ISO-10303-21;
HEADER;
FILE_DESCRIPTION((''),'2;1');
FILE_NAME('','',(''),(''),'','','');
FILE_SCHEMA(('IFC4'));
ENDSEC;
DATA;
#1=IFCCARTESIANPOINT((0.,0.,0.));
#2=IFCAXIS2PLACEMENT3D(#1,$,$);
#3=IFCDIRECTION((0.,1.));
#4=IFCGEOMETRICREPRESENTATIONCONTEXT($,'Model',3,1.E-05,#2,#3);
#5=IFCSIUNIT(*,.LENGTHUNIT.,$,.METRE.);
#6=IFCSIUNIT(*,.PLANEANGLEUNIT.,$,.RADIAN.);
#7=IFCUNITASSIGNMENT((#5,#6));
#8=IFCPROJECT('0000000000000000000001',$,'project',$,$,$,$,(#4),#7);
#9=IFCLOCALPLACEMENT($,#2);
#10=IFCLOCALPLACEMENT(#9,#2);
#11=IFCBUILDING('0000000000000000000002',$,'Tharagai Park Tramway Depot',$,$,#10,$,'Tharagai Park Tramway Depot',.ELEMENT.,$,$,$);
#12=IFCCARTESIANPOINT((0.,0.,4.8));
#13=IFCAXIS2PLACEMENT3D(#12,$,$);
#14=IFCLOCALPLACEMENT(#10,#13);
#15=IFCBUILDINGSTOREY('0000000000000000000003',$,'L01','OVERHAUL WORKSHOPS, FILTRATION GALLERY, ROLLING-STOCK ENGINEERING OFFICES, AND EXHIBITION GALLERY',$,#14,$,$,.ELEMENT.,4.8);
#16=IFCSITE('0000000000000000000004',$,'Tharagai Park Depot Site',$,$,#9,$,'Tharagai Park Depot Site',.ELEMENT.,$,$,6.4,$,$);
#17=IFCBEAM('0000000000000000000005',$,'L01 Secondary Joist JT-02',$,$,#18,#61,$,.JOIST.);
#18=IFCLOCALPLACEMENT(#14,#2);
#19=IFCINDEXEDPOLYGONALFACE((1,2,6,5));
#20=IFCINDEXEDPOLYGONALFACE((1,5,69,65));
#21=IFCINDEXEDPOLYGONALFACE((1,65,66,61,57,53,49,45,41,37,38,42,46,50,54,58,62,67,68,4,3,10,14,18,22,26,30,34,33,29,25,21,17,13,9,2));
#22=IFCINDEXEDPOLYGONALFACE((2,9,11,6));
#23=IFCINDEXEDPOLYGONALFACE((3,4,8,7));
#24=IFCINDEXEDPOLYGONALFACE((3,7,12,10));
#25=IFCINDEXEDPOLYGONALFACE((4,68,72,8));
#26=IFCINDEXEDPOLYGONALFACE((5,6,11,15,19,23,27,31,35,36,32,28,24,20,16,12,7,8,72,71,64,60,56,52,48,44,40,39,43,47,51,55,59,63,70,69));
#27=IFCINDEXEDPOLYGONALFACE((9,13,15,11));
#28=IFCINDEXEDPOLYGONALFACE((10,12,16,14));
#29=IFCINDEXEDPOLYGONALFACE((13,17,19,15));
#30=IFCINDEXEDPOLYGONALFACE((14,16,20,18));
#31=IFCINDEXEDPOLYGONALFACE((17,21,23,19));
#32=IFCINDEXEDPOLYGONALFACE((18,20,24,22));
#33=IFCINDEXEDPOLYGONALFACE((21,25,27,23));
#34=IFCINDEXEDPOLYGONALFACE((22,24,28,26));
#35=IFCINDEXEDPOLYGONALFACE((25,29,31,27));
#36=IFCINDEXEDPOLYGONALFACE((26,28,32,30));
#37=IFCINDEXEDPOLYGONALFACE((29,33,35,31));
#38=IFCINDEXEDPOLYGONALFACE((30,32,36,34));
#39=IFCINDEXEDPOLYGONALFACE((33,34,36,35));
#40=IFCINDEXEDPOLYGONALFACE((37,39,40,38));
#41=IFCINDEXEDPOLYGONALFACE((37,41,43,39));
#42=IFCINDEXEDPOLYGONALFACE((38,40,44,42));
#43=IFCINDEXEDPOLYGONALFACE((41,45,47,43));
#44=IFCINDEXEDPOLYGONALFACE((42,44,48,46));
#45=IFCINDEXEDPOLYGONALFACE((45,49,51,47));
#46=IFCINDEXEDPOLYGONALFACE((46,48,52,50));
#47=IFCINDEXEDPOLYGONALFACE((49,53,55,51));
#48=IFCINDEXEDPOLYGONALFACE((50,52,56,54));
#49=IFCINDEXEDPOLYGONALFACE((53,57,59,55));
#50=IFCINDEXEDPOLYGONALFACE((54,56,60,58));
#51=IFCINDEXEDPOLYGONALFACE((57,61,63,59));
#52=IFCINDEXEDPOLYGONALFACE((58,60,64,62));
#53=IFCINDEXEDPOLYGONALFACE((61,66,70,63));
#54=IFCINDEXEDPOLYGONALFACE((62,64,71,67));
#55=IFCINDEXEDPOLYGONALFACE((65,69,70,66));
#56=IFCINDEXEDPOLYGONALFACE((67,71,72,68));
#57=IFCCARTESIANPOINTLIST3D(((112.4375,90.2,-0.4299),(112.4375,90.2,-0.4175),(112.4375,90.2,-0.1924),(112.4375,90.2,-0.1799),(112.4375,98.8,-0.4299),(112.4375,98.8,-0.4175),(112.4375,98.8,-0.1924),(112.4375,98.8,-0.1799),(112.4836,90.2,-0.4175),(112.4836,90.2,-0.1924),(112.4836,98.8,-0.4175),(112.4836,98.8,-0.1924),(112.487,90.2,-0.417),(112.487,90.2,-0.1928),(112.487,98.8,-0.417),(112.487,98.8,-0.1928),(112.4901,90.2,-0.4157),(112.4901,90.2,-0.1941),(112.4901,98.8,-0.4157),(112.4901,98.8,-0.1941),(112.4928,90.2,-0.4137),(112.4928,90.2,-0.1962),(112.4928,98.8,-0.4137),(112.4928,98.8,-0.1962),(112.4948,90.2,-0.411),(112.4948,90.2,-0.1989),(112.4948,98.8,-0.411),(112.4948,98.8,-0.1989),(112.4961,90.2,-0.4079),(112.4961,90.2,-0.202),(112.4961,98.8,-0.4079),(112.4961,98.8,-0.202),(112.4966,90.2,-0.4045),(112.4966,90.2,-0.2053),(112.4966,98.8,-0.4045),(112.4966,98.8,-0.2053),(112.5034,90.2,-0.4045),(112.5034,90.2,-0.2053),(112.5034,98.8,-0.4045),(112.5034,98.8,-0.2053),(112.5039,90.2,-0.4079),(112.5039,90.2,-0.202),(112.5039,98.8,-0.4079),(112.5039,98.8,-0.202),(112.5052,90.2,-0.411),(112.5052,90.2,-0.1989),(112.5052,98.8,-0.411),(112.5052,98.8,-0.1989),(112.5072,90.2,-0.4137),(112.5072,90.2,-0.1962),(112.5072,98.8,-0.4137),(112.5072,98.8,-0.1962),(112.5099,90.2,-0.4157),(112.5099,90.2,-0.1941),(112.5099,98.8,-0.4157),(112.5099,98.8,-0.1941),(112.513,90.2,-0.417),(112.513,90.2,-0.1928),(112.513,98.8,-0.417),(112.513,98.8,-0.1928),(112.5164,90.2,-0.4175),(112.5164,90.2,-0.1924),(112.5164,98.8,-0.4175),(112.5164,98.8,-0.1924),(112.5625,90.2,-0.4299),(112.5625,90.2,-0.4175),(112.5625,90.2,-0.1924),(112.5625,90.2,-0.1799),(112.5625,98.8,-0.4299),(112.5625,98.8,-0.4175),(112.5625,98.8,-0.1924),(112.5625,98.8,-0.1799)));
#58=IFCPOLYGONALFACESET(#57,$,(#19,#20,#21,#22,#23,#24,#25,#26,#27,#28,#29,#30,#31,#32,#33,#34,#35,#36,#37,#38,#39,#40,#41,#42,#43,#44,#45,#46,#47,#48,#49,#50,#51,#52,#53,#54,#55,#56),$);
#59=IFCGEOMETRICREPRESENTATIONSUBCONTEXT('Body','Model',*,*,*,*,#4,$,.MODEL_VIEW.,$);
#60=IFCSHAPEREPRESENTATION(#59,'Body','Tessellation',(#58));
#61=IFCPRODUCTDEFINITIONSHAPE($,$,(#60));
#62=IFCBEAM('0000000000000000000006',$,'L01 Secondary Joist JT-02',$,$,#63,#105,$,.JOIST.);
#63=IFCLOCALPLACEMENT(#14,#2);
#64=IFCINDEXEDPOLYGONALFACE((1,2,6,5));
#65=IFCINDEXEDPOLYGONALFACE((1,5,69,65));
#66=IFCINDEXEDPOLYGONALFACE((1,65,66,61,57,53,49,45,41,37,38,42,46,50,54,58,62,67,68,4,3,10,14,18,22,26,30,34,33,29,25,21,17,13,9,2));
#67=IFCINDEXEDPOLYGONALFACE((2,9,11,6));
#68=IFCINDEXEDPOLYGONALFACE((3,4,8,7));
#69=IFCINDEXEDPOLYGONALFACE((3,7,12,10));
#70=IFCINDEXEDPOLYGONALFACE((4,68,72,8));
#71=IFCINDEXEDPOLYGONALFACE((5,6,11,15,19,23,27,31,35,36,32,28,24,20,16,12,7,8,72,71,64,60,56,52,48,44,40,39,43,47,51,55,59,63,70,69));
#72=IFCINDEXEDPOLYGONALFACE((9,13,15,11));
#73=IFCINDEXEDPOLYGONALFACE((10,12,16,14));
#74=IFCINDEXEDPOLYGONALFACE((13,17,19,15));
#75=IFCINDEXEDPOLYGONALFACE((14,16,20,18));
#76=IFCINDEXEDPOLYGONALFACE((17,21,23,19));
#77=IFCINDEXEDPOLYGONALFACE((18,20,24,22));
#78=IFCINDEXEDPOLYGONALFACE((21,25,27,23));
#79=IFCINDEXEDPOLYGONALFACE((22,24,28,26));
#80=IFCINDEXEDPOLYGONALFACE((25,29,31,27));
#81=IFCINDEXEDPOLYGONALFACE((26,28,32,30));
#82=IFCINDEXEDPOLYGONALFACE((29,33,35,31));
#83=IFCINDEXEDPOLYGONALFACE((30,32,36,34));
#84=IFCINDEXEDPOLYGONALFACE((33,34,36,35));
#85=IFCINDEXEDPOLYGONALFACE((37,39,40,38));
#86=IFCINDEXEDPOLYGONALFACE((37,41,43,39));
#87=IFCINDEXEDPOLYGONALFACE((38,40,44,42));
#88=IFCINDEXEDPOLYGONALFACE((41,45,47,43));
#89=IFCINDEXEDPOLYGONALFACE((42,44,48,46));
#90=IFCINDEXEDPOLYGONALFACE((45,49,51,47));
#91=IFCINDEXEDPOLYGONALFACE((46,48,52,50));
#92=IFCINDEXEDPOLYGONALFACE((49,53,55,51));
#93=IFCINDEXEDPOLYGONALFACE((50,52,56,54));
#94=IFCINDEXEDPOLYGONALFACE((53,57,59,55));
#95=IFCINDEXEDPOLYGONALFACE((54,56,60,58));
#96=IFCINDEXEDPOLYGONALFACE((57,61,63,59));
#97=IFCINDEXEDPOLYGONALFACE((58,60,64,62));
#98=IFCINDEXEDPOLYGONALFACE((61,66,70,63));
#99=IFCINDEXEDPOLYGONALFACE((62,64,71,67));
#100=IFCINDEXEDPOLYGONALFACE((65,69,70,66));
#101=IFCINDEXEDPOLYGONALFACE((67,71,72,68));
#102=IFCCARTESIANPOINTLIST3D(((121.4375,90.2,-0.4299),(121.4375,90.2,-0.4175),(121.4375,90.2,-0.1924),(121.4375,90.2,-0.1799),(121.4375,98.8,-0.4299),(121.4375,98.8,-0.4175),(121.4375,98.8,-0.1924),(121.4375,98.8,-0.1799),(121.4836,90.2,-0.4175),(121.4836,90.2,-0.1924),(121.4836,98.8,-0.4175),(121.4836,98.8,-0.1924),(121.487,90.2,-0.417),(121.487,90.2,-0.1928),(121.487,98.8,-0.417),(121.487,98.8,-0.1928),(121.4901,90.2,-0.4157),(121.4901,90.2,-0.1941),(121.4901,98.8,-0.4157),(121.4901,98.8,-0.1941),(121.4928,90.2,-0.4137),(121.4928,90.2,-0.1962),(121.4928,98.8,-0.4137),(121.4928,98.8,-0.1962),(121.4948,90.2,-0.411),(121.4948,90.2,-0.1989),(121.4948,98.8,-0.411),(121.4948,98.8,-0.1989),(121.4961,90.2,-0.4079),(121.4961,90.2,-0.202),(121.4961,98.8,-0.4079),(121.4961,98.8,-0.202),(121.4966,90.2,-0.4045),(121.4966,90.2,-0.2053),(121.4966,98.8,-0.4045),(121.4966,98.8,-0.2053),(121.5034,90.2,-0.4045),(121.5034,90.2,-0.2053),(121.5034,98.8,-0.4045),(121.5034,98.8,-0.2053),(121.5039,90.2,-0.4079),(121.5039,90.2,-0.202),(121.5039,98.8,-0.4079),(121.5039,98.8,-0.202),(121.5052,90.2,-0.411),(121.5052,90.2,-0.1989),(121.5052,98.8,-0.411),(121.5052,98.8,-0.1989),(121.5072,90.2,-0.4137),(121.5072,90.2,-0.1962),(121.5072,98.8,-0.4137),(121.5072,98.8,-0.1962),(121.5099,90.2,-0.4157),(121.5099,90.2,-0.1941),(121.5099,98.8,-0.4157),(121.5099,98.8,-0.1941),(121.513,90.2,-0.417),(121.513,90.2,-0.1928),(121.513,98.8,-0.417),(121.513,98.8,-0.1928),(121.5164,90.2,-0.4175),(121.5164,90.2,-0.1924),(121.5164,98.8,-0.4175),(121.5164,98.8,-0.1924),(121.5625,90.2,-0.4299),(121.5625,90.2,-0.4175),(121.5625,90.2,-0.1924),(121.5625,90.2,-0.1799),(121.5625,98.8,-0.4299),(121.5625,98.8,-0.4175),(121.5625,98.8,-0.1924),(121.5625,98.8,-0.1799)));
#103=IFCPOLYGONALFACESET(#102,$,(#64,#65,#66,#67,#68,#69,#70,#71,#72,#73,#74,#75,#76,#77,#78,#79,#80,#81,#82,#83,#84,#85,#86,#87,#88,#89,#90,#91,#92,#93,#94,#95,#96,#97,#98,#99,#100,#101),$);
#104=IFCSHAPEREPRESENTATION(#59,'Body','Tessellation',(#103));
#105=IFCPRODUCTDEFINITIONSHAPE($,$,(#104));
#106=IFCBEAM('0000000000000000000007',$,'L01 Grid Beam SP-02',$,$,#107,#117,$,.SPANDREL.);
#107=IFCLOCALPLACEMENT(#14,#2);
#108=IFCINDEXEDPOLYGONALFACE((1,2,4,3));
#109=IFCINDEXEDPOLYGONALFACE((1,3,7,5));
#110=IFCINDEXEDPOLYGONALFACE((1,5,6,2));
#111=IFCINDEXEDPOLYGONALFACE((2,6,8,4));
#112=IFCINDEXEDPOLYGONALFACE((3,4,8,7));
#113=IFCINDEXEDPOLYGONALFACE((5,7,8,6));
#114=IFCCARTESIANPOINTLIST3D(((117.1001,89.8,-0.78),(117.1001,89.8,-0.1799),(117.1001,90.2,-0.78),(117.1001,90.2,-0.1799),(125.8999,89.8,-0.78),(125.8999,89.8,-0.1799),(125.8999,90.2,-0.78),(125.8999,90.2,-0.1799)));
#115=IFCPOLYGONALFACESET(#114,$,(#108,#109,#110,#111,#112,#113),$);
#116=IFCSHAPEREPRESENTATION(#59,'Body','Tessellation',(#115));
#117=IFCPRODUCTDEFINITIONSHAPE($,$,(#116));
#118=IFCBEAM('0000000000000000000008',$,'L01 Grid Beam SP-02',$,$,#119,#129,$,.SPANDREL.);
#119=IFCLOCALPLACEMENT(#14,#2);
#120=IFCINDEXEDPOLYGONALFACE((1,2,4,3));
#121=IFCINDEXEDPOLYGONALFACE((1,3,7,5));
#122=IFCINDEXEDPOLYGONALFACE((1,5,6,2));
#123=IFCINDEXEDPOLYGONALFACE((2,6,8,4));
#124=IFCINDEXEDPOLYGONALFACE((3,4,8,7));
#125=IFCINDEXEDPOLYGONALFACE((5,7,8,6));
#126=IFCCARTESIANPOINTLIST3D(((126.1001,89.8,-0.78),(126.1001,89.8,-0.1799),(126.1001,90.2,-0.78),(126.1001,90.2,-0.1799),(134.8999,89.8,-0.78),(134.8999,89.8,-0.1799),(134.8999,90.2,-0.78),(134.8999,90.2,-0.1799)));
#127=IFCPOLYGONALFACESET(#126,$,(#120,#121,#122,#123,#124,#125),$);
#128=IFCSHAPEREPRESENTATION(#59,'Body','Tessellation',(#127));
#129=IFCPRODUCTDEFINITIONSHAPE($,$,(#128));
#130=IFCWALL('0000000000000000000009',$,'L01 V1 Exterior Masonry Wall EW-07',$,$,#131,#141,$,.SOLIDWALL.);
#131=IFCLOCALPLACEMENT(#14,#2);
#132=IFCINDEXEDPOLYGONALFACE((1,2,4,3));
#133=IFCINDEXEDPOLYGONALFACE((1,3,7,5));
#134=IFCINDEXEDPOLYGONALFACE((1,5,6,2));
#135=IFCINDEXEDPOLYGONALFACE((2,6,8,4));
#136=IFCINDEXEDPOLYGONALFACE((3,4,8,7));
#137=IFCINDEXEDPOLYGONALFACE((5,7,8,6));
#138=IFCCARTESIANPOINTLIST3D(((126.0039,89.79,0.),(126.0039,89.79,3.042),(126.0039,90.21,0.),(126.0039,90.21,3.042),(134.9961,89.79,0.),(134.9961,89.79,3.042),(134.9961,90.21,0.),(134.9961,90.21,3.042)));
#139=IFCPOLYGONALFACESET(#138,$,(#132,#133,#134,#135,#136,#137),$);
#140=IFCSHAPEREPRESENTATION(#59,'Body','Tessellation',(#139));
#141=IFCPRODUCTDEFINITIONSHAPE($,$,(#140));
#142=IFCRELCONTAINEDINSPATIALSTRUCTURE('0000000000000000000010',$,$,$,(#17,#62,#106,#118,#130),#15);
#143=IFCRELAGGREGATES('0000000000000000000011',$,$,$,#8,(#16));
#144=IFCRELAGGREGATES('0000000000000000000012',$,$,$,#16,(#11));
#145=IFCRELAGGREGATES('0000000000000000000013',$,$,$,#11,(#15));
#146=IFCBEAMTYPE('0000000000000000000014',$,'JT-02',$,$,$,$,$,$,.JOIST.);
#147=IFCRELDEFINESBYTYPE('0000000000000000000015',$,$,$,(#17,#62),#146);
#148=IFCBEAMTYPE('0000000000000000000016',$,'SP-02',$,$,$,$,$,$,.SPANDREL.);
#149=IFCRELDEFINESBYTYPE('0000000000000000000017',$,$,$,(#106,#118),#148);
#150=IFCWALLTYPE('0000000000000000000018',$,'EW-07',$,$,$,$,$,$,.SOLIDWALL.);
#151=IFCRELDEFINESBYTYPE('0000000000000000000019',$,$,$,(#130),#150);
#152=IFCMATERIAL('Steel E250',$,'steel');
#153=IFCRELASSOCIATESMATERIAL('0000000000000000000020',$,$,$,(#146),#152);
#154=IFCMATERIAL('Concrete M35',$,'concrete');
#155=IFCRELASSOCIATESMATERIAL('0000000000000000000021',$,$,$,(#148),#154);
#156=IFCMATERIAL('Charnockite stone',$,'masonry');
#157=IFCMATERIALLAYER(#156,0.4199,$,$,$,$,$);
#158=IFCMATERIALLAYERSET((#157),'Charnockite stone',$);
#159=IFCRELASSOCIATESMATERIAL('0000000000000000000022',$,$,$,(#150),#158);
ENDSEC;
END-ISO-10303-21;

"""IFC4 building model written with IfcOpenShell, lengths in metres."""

from ifc_helpers import new_model, si_unit, direction, frame, frame_2d, origin, origin_2d, place, context, subcontext, project, spatial, rectangle, i_section, extrude, material, layer, layer_set, material_profile, profile_set, type_object, element, save


model = new_model("IFC4")

# Units and contexts
model_context = context("Model", 3, precision=1e-05, world=origin(), true_north=direction((0.0, 1.0)))
body_context = subcontext(model_context, "Body", "Model", "MODEL_VIEW")
ifc_project = project(units=[si_unit("LENGTHUNIT", "METRE"), si_unit("PLANEANGLEUNIT", "RADIAN")], contexts=[model_context])

# Site, building, storey
site_placement = place(None, origin())
site = spatial("IfcSite", under=ifc_project, at=site_placement, Name="Tharagai Park Depot Site", LongName="Tharagai Park Depot Site", CompositionType="ELEMENT", RefElevation=6.4)
building_placement = place(site_placement, origin())
building = spatial("IfcBuilding", under=site, at=building_placement, Name="Tharagai Park Tramway Depot", LongName="Tharagai Park Tramway Depot", CompositionType="ELEMENT")
storey_placement = place(building_placement, frame((0.0, 0.0, 4.8)))
storey = spatial("IfcBuildingStorey", under=building, at=storey_placement, Name="L01", Description="OVERHAUL WORKSHOPS, FILTRATION GALLERY, ROLLING-STOCK ENGINEERING OFFICES, AND EXHIBITION GALLERY", CompositionType="ELEMENT", Elevation=4.8)

# Beams
ifc_material_1 = material(Name="Steel E250", Category="steel")
ifc_material_profile_1 = material_profile(ifc_material_1, i_section(OverallWidth=0.125, OverallDepth=0.25, WebThickness=0.0068, FlangeThickness=0.0125, FilletRadius=0.0129, at=origin_2d()), Name="ISMB 250")
ifc_profile_set_1 = profile_set([ifc_material_profile_1], Name="Steel E250")
beam_type_1 = type_object("IfcBeamType", Name="JT-02", PredefinedType="JOIST", material=ifc_profile_set_1)
for number, where, z_axis, x_axis, name in (
    (1, (112.5, 90.2, -0.3049), (0.0, 1.0, 0.0), (-1.0, 0.0, 0.0), "L01 Secondary Joist JT-02"),
    (2, (121.5, 90.2, -0.3049), (0.0, 1.0, 0.0), (-1.0, 0.0, 0.0), "L01 Secondary Joist JT-02"),
):
    element("IfcBeam", number, at=place(storey_placement, frame(where, z_axis=z_axis, x_axis=x_axis)), inside=storey, type_object=beam_type_1, Name=name, PredefinedType="JOIST", context=body_context, shape_type="SweptSolid", body=[
        extrude(i_section(OverallWidth=0.125, OverallDepth=0.25, WebThickness=0.0068, FlangeThickness=0.0125, FilletRadius=0.0129, at=origin_2d()), origin(), (0.0, 0.0, 1.0), 8.6001),
    ])
ifc_material_2 = material(Name="Concrete M35", Category="concrete")
ifc_material_profile_2 = material_profile(ifc_material_2, rectangle(XDim=0.3999, YDim=0.6001, at=origin_2d()), Name="RC 400x600")
ifc_profile_set_2 = profile_set([ifc_material_profile_2], Name="Concrete M35")
beam_type_2 = type_object("IfcBeamType", Name="SP-02", PredefinedType="SPANDREL", material=ifc_profile_set_2)
for number, where, z_axis, x_axis, name in (
    (3, (117.1001, 90.0, -0.48), (1.0, 0.0, 0.0), (0.0, 1.0, 0.0), "L01 Grid Beam SP-02"),
    (4, (126.1001, 90.0, -0.48), (1.0, 0.0, 0.0), (0.0, 1.0, 0.0), "L01 Grid Beam SP-02"),
):
    element("IfcBeam", number, at=place(storey_placement, frame(where, z_axis=z_axis, x_axis=x_axis)), inside=storey, type_object=beam_type_2, Name=name, PredefinedType="SPANDREL", context=body_context, shape_type="SweptSolid", body=[
        extrude(rectangle(XDim=0.3999, YDim=0.6001, at=origin_2d()), origin(), (0.0, 0.0, 1.0), 8.7998),
    ])

# Wall
ifc_material_3 = material(Name="Charnockite stone", Category="masonry")
ifc_layer_1 = layer(ifc_material_3, 0.4199)
ifc_layer_set_1 = layer_set([ifc_layer_1], Name="Charnockite stone")
wall_type_1 = type_object("IfcWallType", Name="EW-07", PredefinedType="SOLIDWALL", material=ifc_layer_set_1)
wall_1_placement = place(storey_placement, frame((126.0039, 90.0, 0.0), z_axis=(0.0, 0.0, 1.0), x_axis=(1.0, 0.0, 0.0)))
element("IfcWall", 5, at=wall_1_placement, inside=storey, type_object=wall_type_1, Name="L01 V1 Exterior Masonry Wall EW-07", PredefinedType="SOLIDWALL", context=body_context, shape_type="SweptSolid", body=[
    extrude(rectangle(XDim=8.9922, YDim=0.4199, at=frame_2d((4.4961, 0.0))), origin(), (0.0, 0.0, 1.0), 3.042),
])

save(model, "model.ifc")
